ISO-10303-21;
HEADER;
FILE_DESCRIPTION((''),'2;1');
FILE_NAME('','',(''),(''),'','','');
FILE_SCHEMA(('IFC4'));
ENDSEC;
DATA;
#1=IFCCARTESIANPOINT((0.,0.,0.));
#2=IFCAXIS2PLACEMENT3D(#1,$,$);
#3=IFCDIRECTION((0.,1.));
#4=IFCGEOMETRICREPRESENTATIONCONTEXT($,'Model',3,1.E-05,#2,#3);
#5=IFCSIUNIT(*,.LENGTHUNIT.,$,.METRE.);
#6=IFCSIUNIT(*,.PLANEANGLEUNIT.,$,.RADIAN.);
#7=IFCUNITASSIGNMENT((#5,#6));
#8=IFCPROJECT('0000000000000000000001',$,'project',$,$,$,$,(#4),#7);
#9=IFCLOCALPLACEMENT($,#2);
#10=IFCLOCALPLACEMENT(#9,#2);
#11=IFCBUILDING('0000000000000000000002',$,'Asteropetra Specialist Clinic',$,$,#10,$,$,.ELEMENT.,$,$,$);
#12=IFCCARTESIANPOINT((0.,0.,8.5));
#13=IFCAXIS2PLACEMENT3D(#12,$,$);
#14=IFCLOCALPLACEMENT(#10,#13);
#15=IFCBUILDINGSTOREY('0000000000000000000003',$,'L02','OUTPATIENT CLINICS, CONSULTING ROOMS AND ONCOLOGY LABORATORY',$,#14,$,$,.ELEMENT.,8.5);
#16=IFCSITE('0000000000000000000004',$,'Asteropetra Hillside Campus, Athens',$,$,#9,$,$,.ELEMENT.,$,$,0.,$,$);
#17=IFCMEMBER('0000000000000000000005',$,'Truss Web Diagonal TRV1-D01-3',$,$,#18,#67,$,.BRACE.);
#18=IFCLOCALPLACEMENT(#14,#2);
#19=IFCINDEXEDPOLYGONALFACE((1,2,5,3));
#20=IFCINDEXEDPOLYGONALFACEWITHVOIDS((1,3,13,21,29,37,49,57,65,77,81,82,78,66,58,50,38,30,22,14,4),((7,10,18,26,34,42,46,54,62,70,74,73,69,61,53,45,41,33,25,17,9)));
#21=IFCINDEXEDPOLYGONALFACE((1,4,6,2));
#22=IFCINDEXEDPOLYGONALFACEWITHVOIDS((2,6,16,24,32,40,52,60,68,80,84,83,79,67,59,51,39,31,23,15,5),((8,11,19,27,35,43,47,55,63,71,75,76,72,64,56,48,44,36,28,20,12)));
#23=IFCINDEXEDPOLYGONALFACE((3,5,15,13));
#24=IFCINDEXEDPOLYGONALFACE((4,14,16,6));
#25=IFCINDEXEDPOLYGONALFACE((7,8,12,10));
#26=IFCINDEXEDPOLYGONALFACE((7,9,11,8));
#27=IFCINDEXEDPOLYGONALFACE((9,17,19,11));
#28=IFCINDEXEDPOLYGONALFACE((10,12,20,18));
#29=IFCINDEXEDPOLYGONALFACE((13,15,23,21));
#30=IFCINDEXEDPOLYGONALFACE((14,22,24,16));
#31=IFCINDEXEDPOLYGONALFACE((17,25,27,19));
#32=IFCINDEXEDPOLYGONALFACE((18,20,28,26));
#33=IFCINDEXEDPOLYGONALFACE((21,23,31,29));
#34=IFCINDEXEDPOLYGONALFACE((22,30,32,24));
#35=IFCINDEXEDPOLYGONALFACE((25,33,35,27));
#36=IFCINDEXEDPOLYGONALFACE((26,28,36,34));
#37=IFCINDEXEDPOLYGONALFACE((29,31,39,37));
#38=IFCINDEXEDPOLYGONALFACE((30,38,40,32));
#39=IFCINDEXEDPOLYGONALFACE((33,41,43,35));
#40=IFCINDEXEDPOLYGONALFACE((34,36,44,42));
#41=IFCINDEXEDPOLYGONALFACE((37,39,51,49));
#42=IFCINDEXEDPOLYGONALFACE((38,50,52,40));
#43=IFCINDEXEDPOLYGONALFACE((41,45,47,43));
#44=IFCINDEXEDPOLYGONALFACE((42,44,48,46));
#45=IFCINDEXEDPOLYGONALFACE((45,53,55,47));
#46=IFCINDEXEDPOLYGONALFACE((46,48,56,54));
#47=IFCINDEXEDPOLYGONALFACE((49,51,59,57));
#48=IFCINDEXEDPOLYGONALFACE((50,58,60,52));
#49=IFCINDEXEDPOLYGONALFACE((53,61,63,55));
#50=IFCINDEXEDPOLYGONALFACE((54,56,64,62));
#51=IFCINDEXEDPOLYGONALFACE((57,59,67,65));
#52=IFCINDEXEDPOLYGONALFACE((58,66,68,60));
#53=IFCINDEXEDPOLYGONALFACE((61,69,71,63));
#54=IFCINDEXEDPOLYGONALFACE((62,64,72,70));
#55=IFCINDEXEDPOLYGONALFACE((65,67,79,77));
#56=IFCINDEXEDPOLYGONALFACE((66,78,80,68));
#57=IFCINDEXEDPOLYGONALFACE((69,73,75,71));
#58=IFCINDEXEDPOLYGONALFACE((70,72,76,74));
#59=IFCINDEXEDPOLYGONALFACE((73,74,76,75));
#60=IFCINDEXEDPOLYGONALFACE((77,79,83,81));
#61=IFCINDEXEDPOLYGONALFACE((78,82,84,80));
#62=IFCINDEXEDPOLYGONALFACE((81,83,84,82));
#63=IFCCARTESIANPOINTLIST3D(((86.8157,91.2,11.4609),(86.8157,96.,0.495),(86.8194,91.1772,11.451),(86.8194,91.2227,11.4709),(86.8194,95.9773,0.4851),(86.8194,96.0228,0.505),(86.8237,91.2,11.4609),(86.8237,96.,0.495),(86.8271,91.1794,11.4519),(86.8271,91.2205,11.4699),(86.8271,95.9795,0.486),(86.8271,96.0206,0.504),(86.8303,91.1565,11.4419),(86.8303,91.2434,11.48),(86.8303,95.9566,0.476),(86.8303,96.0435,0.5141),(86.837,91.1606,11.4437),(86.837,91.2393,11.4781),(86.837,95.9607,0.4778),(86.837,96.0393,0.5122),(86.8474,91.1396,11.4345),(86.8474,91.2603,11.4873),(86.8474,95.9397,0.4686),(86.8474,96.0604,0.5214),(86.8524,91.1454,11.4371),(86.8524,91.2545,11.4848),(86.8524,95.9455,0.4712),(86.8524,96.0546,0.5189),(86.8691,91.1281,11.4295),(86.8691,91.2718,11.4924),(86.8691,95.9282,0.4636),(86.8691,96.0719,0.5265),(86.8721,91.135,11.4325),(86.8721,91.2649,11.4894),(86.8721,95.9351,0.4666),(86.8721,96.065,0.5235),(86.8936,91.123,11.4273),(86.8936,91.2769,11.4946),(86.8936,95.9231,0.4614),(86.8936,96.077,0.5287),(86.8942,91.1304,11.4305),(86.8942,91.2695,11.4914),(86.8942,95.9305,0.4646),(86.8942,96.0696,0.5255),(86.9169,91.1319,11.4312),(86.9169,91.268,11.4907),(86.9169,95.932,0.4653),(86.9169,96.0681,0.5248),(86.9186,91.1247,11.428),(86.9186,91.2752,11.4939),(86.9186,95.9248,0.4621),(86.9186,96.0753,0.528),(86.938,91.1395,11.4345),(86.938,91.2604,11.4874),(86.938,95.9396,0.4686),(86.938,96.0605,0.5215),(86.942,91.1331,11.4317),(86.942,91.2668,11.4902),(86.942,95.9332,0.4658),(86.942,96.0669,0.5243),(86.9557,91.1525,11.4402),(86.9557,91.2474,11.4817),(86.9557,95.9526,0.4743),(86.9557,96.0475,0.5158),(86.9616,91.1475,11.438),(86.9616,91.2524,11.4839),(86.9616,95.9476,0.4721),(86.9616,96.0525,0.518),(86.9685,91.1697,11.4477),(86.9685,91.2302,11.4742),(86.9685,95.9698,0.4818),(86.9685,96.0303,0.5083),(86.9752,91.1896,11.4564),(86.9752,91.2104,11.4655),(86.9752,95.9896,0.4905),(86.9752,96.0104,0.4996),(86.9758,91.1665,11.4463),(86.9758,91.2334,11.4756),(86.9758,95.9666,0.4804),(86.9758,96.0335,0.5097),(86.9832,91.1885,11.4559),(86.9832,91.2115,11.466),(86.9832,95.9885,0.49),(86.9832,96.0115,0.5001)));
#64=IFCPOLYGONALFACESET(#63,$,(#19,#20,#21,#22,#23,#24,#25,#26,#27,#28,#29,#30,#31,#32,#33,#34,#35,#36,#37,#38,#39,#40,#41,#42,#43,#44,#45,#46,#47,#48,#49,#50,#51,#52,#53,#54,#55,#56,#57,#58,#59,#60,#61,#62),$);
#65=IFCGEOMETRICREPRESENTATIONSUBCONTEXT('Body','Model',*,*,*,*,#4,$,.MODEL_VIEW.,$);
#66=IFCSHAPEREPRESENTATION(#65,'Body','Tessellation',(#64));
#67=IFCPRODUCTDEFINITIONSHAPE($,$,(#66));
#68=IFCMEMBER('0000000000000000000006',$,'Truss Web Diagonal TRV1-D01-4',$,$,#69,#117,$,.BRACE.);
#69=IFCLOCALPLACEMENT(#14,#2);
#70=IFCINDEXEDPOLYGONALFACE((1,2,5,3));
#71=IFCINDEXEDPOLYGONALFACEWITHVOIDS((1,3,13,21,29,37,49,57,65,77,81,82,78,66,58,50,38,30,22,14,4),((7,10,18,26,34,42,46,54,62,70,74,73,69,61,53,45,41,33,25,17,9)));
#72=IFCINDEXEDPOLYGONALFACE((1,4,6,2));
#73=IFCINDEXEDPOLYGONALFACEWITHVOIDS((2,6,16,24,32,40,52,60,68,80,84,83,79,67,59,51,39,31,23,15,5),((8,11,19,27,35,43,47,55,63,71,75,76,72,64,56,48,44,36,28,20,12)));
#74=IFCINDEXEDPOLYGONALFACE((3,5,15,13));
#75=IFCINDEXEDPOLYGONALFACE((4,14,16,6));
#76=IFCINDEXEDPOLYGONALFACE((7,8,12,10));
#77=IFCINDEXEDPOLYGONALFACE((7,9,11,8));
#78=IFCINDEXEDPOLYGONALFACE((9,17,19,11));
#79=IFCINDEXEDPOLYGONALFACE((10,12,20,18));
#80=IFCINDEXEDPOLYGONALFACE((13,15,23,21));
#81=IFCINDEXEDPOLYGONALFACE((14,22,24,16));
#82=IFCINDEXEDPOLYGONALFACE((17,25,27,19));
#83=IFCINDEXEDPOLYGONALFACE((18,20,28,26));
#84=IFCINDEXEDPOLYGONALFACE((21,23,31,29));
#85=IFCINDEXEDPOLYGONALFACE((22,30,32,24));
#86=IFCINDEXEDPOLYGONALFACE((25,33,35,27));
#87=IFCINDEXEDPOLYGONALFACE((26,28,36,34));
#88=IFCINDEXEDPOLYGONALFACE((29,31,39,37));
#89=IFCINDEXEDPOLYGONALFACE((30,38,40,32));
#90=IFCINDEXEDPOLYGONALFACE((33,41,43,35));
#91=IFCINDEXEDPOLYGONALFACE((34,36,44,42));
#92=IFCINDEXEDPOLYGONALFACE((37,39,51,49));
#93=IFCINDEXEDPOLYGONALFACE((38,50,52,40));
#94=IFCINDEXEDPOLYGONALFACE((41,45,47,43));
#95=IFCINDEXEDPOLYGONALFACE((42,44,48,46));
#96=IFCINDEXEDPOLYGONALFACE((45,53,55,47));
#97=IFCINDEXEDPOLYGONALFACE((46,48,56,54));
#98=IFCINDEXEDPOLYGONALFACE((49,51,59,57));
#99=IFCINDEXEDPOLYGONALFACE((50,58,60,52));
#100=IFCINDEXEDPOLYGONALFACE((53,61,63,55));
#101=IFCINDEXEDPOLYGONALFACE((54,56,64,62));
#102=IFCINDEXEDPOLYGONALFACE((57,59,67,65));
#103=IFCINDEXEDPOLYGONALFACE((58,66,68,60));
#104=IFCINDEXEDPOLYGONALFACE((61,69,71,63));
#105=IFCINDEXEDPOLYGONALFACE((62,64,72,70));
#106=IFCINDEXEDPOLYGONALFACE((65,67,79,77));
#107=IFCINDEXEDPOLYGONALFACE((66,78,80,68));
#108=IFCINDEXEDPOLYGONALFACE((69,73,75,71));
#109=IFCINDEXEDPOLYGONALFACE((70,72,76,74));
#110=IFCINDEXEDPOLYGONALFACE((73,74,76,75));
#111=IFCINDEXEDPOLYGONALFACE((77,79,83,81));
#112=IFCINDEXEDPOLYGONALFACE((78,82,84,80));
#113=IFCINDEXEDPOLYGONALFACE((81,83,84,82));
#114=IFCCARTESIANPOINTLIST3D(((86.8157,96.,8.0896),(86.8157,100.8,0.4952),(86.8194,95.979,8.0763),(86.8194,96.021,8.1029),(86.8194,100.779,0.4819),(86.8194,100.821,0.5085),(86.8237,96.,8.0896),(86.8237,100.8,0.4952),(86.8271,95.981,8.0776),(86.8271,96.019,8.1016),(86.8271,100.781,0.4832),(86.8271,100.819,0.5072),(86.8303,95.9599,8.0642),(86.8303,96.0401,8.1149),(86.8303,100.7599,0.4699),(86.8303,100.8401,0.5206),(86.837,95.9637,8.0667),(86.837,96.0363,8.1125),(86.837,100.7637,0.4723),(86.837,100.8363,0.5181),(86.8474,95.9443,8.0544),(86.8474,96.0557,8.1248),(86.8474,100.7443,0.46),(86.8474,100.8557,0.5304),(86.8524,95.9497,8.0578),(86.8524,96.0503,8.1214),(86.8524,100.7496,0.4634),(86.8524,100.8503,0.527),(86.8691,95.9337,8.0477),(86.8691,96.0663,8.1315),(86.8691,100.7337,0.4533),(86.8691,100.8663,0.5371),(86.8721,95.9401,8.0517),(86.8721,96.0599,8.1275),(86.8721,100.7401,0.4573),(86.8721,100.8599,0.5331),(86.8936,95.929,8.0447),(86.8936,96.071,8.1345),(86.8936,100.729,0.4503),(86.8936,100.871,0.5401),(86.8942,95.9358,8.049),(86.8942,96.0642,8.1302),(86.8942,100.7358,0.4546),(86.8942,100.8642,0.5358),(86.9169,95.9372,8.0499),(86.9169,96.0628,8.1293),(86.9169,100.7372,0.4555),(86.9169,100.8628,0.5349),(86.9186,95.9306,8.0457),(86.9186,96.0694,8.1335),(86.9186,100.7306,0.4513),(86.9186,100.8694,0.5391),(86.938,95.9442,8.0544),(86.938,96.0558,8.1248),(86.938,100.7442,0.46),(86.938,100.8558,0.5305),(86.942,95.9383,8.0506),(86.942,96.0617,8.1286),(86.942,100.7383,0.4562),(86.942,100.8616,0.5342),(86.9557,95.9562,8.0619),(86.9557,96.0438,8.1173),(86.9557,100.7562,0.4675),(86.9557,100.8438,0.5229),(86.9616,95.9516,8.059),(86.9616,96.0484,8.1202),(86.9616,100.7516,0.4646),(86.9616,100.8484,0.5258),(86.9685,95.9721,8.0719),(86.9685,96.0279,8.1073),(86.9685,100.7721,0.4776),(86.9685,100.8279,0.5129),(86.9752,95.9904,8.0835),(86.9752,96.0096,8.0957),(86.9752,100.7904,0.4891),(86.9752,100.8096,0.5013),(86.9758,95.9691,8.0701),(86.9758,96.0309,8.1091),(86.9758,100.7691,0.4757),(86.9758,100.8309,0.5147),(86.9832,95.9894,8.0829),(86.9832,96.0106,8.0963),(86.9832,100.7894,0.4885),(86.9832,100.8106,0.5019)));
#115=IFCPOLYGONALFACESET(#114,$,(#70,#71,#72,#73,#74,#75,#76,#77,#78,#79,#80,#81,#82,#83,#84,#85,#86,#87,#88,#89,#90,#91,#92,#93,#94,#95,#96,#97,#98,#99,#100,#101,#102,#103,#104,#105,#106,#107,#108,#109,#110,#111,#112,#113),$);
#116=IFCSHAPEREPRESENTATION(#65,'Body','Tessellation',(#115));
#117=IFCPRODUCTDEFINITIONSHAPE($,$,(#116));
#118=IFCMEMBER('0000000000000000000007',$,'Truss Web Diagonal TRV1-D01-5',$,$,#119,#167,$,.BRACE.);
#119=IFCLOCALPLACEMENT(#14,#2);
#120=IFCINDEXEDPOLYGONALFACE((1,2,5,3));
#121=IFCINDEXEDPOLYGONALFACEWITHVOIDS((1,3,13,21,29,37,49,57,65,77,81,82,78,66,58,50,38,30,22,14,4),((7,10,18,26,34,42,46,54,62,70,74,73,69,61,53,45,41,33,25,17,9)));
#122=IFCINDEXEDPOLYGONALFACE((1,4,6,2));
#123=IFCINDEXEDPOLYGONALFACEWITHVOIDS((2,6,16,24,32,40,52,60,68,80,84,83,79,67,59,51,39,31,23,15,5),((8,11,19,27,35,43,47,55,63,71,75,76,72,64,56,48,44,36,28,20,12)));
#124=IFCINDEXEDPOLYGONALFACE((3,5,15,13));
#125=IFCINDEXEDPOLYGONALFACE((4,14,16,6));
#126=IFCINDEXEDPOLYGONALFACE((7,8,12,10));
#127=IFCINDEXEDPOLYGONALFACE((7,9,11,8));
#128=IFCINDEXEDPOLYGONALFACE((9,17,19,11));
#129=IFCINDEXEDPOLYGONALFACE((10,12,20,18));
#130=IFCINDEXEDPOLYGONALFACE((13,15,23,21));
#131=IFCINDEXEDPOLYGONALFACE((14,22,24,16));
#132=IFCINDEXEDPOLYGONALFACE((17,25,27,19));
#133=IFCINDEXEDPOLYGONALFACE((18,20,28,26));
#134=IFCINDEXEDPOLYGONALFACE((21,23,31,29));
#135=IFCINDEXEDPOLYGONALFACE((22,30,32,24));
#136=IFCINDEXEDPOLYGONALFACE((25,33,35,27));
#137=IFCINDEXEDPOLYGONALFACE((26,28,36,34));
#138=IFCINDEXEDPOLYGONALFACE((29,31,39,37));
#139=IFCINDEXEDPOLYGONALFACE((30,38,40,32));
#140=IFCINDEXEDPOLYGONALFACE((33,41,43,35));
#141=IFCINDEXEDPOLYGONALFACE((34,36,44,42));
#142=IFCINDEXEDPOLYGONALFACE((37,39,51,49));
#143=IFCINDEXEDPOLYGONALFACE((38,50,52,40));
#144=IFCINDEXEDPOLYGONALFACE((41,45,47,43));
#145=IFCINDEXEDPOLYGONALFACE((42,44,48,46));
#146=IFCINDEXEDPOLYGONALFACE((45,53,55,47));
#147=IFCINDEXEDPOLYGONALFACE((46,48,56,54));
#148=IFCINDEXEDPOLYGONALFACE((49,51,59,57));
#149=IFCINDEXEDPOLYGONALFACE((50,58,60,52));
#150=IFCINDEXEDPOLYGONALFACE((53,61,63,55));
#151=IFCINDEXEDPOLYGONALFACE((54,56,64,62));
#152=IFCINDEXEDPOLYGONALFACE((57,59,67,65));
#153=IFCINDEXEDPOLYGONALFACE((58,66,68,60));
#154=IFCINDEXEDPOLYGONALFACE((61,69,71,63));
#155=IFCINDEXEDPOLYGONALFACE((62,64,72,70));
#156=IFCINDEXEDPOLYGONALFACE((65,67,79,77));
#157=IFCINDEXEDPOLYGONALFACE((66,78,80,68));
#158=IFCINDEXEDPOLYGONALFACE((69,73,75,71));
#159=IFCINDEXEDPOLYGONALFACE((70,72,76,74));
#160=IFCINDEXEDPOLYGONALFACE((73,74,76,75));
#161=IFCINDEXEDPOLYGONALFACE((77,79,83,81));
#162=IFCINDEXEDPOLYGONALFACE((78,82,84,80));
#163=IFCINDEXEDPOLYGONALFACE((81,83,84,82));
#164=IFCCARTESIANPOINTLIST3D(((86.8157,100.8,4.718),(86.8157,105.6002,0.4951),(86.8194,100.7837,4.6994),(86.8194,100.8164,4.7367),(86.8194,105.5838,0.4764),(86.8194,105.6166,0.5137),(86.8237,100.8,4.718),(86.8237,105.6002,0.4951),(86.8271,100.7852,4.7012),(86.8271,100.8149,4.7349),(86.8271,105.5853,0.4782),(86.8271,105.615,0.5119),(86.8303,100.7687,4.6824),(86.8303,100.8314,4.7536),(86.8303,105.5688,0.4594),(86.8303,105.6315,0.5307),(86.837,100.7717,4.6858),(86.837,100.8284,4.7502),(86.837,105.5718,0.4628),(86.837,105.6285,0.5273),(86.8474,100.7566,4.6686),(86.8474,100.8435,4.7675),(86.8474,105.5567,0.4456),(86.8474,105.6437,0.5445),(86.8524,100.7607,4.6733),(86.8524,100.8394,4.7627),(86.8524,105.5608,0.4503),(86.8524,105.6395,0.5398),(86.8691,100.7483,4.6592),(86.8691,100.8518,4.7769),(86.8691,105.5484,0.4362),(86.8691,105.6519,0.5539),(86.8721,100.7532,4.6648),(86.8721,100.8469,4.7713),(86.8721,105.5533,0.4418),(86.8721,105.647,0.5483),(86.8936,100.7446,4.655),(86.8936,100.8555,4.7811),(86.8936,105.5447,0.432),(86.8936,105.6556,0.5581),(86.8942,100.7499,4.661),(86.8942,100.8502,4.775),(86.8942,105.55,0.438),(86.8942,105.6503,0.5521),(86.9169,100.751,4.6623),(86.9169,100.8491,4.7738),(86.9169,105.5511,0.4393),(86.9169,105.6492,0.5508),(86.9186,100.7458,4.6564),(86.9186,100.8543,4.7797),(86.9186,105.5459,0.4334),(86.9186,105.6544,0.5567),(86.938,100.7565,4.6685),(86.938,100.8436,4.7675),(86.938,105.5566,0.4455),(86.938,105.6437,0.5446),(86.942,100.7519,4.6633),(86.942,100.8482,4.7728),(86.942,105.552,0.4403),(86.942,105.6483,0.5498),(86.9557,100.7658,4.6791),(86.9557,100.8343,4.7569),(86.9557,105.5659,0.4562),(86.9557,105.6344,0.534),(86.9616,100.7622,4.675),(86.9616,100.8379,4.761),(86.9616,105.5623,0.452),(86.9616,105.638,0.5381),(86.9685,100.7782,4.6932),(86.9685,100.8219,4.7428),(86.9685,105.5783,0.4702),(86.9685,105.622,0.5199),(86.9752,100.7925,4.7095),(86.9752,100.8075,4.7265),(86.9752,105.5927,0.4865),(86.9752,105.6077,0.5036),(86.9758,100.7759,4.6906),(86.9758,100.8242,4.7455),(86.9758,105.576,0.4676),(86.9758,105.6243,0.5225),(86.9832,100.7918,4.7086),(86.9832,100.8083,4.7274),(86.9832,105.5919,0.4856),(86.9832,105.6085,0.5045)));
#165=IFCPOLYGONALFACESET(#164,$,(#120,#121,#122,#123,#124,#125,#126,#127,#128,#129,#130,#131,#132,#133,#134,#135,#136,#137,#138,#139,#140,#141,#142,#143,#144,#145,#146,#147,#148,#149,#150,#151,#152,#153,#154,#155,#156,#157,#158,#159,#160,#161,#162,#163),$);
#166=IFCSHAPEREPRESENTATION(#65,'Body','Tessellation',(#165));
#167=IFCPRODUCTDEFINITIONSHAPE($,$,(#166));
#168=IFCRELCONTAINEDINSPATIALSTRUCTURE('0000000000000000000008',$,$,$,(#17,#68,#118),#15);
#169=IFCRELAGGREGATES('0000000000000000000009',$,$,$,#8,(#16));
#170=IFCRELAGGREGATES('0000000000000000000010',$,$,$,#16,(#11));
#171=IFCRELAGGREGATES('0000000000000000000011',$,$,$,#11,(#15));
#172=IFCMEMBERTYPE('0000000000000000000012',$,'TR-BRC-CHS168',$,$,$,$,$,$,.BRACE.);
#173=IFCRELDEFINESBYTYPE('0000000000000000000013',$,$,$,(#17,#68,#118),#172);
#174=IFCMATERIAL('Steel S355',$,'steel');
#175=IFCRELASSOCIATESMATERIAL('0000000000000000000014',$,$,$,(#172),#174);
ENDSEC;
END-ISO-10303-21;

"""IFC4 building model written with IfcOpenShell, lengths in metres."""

from ifc_helpers import new_model, si_unit, direction, frame, origin, origin_2d, place, context, subcontext, project, spatial, hollow_circle, extrude, material, material_profile, profile_set, type_object, element, save


model = new_model("IFC4")

# Units and contexts
model_context = context("Model", 3, precision=1e-05, world=origin(), true_north=direction((0.0, 1.0)))
body_context = subcontext(model_context, "Body", "Model", "MODEL_VIEW")
ifc_project = project(units=[si_unit("LENGTHUNIT", "METRE"), si_unit("PLANEANGLEUNIT", "RADIAN")], contexts=[model_context])

# Site, building, storey
site_placement = place(None, origin())
site = spatial("IfcSite", under=ifc_project, at=site_placement, Name="Asteropetra Hillside Campus, Athens", CompositionType="ELEMENT", RefElevation=0.0)
building_placement = place(site_placement, origin())
building = spatial("IfcBuilding", under=site, at=building_placement, Name="Asteropetra Specialist Clinic", CompositionType="ELEMENT")
storey_placement = place(building_placement, frame((0.0, 0.0, 8.5)))
storey = spatial("IfcBuildingStorey", under=building, at=storey_placement, Name="L02", Description="OUTPATIENT CLINICS, CONSULTING ROOMS AND ONCOLOGY LABORATORY", CompositionType="ELEMENT", Elevation=8.5)

# Members
ifc_material_1 = material(Name="Steel S355", Category="steel")
ifc_material_profile_1 = material_profile(ifc_material_1, hollow_circle(Radius=0.0842, WallThickness=0.0081, at=origin_2d()), Name="CHS 168.3x8.0")
ifc_profile_set_1 = profile_set([ifc_material_profile_1], Name="Steel S355")
member_type_1 = type_object("IfcMemberType", Name="TR-BRC-CHS168", PredefinedType="BRACE", material=ifc_profile_set_1)
for number, where, z_axis, x_axis, name in (
    (1, (86.8999, 91.2, 11.4609), (0.0, 0.400994, -0.916081), (-1.0, 0.0, 0.0), "Truss Web Diagonal TRV1-D01-3"),
):
    element("IfcMember", number, at=place(storey_placement, frame(where, z_axis=z_axis, x_axis=x_axis)), inside=storey, type_object=member_type_1, Name=name, PredefinedType="BRACE", context=body_context, shape_type="SweptSolid", body=[
        extrude(hollow_circle(Radius=0.0842, WallThickness=0.0081, at=origin_2d()), origin(), (0.0, 0.0, 1.0), 11.9705),
    ])
member_1_placement = place(storey_placement, frame((86.8999, 96.0, 8.0896), z_axis=(0.0, 0.534274, -0.845311), x_axis=(-1.0, 0.0, 0.0)))
element("IfcMember", 2, at=member_1_placement, inside=storey, type_object=member_type_1, Name="Truss Web Diagonal TRV1-D01-4", PredefinedType="BRACE", context=body_context, shape_type="SweptSolid", body=[
    extrude(hollow_circle(Radius=0.0842, WallThickness=0.0081, at=origin_2d()), origin(), (0.0, 0.0, 1.0), 8.9841),
])
member_2_placement = place(storey_placement, frame((86.8999, 100.8, 4.718), z_axis=(0.0, 0.750802, -0.660527), x_axis=(-1.0, 0.0, 0.0)))
element("IfcMember", 3, at=member_2_placement, inside=storey, type_object=member_type_1, Name="Truss Web Diagonal TRV1-D01-5", PredefinedType="BRACE", context=body_context, shape_type="SweptSolid", body=[
    extrude(hollow_circle(Radius=0.0842, WallThickness=0.0081, at=origin_2d()), origin(), (0.0, 0.0, 1.0), 6.3933),
])

save(model, "model.ifc")
